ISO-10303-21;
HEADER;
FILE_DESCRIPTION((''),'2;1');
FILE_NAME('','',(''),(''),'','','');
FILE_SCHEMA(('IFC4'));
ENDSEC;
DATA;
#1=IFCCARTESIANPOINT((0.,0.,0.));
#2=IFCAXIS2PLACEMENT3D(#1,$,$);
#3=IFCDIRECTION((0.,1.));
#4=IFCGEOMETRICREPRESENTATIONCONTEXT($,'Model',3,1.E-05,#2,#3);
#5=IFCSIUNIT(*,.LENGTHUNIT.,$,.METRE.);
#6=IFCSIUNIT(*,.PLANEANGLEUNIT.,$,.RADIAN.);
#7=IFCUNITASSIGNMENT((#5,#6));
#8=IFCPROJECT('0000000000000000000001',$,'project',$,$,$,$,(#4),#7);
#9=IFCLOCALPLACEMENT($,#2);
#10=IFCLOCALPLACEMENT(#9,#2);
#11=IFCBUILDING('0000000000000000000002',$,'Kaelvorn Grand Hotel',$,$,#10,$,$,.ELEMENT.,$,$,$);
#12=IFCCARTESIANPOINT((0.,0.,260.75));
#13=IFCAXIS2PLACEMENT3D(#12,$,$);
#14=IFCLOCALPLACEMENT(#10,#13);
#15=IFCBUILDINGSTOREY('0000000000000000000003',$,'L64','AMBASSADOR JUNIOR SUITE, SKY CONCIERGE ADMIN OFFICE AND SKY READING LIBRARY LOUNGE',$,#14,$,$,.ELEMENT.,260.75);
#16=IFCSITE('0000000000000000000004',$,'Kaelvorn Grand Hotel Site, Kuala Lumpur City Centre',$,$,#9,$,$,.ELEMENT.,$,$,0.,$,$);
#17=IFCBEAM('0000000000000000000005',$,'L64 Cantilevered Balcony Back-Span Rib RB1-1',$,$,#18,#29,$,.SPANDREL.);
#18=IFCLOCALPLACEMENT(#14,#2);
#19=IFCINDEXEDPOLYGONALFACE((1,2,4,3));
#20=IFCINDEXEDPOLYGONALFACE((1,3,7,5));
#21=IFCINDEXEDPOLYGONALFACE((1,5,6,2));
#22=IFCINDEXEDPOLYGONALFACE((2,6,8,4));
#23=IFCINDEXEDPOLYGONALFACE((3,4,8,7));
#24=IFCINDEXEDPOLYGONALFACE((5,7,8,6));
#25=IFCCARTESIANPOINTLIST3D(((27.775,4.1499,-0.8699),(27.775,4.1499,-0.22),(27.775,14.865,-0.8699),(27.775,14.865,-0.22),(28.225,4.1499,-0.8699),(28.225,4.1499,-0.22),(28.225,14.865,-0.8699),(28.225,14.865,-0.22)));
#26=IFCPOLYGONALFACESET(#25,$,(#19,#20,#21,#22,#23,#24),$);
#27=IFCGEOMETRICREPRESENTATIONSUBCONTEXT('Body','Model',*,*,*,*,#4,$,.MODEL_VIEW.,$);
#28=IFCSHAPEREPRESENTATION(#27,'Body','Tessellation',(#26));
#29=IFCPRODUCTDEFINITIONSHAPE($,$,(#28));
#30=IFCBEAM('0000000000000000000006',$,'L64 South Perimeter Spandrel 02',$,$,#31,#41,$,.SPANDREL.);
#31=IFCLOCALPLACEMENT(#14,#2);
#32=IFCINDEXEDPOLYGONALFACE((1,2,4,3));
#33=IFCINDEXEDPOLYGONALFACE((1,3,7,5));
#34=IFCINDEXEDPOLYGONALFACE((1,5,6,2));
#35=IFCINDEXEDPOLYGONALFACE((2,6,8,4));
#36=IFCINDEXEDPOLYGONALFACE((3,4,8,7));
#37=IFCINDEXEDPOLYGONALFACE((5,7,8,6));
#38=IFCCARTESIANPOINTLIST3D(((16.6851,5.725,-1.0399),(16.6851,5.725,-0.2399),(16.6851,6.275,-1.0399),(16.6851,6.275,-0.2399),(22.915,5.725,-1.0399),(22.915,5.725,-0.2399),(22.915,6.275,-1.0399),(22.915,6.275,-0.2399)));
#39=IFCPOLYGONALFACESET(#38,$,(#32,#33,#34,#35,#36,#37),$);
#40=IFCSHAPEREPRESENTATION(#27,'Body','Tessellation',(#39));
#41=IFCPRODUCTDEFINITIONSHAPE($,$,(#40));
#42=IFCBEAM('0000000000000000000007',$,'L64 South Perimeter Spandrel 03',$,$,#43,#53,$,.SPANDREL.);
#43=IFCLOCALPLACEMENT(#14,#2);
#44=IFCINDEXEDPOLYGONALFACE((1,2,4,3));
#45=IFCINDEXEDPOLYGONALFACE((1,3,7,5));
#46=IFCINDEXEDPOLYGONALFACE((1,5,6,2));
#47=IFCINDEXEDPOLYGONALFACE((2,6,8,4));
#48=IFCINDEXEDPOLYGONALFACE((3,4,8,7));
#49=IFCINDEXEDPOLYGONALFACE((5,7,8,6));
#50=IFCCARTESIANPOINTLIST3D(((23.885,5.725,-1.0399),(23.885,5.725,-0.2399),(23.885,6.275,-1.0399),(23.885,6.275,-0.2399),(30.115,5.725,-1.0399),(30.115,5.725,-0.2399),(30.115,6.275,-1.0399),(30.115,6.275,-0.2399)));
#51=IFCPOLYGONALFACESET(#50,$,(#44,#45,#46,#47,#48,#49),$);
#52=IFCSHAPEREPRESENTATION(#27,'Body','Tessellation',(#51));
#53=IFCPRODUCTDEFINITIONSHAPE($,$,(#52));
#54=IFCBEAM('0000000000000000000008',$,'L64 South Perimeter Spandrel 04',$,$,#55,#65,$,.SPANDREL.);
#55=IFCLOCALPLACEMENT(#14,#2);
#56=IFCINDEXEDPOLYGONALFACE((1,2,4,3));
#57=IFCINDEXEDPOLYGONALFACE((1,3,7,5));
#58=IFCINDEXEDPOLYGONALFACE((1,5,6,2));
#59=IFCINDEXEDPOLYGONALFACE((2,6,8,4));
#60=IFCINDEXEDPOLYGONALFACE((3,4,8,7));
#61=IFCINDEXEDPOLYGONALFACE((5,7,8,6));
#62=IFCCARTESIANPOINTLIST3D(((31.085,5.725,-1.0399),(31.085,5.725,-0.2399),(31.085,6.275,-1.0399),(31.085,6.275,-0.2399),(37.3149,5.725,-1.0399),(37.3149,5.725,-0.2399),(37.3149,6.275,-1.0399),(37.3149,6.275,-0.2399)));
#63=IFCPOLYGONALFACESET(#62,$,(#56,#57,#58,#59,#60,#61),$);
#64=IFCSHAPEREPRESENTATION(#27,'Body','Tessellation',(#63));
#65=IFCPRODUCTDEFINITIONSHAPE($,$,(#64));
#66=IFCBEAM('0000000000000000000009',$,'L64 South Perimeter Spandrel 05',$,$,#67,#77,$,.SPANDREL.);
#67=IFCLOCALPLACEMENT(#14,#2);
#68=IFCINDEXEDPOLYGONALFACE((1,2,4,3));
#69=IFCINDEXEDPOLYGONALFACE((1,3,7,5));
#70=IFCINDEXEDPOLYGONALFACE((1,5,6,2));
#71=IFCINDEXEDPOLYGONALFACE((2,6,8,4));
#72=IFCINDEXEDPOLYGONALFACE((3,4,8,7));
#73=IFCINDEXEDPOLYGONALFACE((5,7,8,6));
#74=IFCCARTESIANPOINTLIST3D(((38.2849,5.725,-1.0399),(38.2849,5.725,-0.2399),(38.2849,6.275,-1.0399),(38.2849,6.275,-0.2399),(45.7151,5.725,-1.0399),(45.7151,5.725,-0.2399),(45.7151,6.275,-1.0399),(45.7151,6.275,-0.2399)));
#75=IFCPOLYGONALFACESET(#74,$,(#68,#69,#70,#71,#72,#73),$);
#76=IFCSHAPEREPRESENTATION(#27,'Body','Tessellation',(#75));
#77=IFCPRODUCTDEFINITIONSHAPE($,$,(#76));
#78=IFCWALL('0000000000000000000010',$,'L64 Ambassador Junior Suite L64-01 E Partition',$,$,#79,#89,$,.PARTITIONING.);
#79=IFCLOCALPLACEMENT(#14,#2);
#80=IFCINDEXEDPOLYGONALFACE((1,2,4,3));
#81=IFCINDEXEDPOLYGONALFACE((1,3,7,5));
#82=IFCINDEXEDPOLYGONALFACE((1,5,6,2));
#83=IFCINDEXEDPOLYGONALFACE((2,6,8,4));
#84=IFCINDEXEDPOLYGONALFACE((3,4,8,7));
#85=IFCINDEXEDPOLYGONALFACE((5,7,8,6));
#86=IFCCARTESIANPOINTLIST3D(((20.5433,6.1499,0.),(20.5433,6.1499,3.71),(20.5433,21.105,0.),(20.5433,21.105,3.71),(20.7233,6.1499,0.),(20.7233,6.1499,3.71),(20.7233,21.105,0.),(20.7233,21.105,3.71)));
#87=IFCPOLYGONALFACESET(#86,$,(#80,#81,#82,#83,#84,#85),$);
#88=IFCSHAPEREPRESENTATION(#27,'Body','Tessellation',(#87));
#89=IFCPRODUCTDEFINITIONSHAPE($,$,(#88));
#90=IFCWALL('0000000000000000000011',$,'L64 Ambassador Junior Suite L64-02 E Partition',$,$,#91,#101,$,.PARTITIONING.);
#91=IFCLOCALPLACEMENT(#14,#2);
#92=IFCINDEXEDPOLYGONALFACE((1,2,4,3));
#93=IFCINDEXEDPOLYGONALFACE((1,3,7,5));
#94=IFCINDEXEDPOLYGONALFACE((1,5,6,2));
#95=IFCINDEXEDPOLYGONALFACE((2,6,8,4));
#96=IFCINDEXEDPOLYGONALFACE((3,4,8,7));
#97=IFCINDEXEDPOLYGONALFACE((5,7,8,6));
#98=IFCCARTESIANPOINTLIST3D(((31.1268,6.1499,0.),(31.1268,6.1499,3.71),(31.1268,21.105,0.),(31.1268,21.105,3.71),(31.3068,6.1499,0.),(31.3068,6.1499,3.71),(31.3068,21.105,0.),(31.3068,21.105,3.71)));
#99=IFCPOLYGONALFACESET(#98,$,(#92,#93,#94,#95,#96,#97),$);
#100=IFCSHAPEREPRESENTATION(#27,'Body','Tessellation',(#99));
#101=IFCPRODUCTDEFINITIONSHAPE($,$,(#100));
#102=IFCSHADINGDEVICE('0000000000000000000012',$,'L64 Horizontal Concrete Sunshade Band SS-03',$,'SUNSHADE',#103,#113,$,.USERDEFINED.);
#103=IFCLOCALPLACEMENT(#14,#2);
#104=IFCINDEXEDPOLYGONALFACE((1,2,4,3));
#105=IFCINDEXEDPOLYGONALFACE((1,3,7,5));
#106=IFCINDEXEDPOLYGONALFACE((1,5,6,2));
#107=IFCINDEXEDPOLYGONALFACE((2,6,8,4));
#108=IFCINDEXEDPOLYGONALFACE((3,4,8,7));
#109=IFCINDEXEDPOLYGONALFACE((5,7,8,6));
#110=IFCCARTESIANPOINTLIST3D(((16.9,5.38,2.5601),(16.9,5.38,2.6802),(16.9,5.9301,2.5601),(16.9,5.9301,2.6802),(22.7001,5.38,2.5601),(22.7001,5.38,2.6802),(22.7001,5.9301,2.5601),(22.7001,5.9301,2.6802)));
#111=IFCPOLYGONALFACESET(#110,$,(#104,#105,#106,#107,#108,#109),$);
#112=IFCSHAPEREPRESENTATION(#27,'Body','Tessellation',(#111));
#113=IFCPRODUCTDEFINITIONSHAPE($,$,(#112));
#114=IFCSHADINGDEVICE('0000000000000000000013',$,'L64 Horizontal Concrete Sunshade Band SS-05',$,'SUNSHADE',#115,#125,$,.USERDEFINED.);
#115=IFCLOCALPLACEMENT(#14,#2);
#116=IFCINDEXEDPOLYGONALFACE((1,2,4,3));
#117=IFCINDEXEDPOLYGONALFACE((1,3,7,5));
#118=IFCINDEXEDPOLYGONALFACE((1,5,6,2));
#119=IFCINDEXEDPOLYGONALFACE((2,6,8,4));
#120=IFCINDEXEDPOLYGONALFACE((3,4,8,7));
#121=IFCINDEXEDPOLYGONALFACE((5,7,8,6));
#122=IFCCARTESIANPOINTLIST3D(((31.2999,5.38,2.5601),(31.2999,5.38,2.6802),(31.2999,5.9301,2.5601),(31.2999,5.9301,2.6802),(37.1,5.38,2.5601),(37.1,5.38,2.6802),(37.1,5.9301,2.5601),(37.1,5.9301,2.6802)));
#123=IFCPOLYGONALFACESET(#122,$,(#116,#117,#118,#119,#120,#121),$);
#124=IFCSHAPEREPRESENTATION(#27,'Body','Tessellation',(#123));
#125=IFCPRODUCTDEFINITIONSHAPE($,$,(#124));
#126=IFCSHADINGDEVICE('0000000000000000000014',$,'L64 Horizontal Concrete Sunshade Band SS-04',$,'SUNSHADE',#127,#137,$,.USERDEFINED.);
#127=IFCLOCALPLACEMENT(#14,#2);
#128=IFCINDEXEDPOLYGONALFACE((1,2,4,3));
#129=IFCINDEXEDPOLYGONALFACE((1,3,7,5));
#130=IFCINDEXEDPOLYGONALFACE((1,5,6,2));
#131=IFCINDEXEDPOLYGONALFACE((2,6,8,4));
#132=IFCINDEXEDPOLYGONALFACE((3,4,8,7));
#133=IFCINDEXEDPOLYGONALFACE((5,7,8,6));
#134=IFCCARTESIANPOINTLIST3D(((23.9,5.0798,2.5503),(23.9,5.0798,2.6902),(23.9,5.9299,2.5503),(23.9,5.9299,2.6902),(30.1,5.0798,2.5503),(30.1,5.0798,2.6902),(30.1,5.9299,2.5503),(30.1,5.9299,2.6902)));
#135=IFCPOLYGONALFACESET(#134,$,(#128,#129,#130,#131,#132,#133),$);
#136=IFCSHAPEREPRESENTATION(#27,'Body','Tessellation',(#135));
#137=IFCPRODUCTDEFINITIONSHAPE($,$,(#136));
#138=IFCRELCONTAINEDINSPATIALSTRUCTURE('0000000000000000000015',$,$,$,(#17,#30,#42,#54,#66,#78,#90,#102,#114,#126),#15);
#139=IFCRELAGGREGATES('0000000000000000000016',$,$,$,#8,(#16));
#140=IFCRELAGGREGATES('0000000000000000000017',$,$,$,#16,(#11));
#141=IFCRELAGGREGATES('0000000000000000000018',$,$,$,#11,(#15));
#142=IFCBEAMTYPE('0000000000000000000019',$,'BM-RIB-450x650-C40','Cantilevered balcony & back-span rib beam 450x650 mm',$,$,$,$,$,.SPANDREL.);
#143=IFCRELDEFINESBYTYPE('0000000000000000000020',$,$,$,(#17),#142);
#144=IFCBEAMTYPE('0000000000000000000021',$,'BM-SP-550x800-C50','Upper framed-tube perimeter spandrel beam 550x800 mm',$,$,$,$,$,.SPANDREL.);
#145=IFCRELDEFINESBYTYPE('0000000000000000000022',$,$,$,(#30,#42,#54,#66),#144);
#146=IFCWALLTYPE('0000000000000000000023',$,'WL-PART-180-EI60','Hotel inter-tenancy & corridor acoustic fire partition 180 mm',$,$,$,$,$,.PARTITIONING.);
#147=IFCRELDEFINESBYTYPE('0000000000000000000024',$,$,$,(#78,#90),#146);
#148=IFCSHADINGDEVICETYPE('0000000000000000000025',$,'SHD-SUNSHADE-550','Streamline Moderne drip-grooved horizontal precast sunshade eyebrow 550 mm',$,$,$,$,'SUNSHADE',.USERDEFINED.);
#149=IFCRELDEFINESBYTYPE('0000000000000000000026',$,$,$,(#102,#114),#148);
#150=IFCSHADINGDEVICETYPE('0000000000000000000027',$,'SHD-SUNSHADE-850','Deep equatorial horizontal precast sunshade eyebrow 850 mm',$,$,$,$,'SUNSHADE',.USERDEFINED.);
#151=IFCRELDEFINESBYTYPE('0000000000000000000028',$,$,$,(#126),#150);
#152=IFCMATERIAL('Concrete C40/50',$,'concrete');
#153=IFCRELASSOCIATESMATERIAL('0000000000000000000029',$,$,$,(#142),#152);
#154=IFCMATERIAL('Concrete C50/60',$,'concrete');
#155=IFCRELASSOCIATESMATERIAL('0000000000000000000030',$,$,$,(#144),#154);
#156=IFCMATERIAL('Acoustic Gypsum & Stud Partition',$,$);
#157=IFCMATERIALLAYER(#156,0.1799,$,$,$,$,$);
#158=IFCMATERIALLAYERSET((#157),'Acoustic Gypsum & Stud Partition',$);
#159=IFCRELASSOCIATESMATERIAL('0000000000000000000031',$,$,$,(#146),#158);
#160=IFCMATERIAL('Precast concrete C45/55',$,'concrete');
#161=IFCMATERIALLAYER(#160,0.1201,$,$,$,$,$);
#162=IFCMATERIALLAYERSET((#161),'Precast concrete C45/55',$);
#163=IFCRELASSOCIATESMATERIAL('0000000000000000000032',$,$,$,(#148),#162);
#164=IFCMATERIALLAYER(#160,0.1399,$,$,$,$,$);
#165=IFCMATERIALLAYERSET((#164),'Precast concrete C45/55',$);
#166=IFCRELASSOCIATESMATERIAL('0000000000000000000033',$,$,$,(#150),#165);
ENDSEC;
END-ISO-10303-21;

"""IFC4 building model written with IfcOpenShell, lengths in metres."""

from ifc_helpers import new_model, si_unit, direction, frame, frame_2d, origin, origin_2d, place, context, subcontext, project, spatial, rectangle, extrude, material, layer, layer_set, material_profile, profile_set, type_object, element, save


model = new_model("IFC4")

# Units and contexts
model_context = context("Model", 3, precision=1e-05, world=origin(), true_north=direction((0.0, 1.0)))
body_context = subcontext(model_context, "Body", "Model", "MODEL_VIEW")
ifc_project = project(units=[si_unit("LENGTHUNIT", "METRE"), si_unit("PLANEANGLEUNIT", "RADIAN")], contexts=[model_context])

# Site, building, storey
site_placement = place(None, origin())
site = spatial("IfcSite", under=ifc_project, at=site_placement, Name="Kaelvorn Grand Hotel Site, Kuala Lumpur City Centre", CompositionType="ELEMENT", RefElevation=0.0)
building_placement = place(site_placement, origin())
building = spatial("IfcBuilding", under=site, at=building_placement, Name="Kaelvorn Grand Hotel", CompositionType="ELEMENT")
storey_placement = place(building_placement, frame((0.0, 0.0, 260.75)))
storey = spatial("IfcBuildingStorey", under=building, at=storey_placement, Name="L64", Description="AMBASSADOR JUNIOR SUITE, SKY CONCIERGE ADMIN OFFICE AND SKY READING LIBRARY LOUNGE", CompositionType="ELEMENT", Elevation=260.75)

# Shared definitions
ifc_material_1 = material(Name="Concrete C50/60", Category="concrete")

# Beams
ifc_material_2 = material(Name="Concrete C40/50", Category="concrete")
ifc_material_profile_1 = material_profile(ifc_material_2, rectangle(XDim=0.45, YDim=0.6499, at=origin_2d()), Name="RC RIB 450x650")
ifc_profile_set_1 = profile_set([ifc_material_profile_1], Name="Concrete C40/50")
beam_type_1 = type_object("IfcBeamType", Name="BM-RIB-450x650-C40", Description="Cantilevered balcony & back-span rib beam 450x650 mm", PredefinedType="SPANDREL", material=ifc_profile_set_1)
beam_1_placement = place(storey_placement, frame((28.0, 4.1499, -0.5449), z_axis=(0.0, 1.0, 0.0), x_axis=(-1.0, 0.0, 0.0)))
element("IfcBeam", 1, at=beam_1_placement, inside=storey, type_object=beam_type_1, Name="L64 Cantilevered Balcony Back-Span Rib RB1-1", PredefinedType="SPANDREL", context=body_context, shape_type="SweptSolid", body=[
    extrude(rectangle(XDim=0.45, YDim=0.6499, at=origin_2d()), origin(), (0.0, 0.0, 1.0), 10.7151),
])
ifc_material_profile_2 = material_profile(ifc_material_1, rectangle(XDim=0.55, YDim=0.8, at=origin_2d()), Name="RC SPANDREL 550x800")
ifc_profile_set_2 = profile_set([ifc_material_profile_2], Name="Concrete C50/60")
beam_type_2 = type_object("IfcBeamType", Name="BM-SP-550x800-C50", Description="Upper framed-tube perimeter spandrel beam 550x800 mm", PredefinedType="SPANDREL", material=ifc_profile_set_2)
for number, where, z_axis, x_axis, name in (
    (2, (16.6851, 6.0, -0.6399), (1.0, 0.0, 0.0), (0.0, 1.0, 0.0), "L64 South Perimeter Spandrel 02"),
    (3, (23.885, 6.0, -0.6399), (1.0, 0.0, 0.0), (0.0, 1.0, 0.0), "L64 South Perimeter Spandrel 03"),
    (4, (31.085, 6.0, -0.6399), (1.0, 0.0, 0.0), (0.0, 1.0, 0.0), "L64 South Perimeter Spandrel 04"),
):
    element("IfcBeam", number, at=place(storey_placement, frame(where, z_axis=z_axis, x_axis=x_axis)), inside=storey, type_object=beam_type_2, Name=name, PredefinedType="SPANDREL", context=body_context, shape_type="SweptSolid", body=[
        extrude(rectangle(XDim=0.55, YDim=0.8, at=origin_2d()), origin(), (0.0, 0.0, 1.0), 6.23),
    ])
beam_2_placement = place(storey_placement, frame((38.2849, 6.0, -0.6399), z_axis=(1.0, 0.0, 0.0), x_axis=(0.0, 1.0, 0.0)))
element("IfcBeam", 5, at=beam_2_placement, inside=storey, type_object=beam_type_2, Name="L64 South Perimeter Spandrel 05", PredefinedType="SPANDREL", context=body_context, shape_type="SweptSolid", body=[
    extrude(rectangle(XDim=0.55, YDim=0.8, at=origin_2d()), origin(), (0.0, 0.0, 1.0), 7.4302),
])

# Walls
ifc_material_3 = material(Name="Acoustic Gypsum & Stud Partition")
ifc_layer_1 = layer(ifc_material_3, 0.1799)
ifc_layer_set_1 = layer_set([ifc_layer_1], Name="Acoustic Gypsum & Stud Partition")
wall_type = type_object("IfcWallType", Name="WL-PART-180-EI60", Description="Hotel inter-tenancy & corridor acoustic fire partition 180 mm", PredefinedType="PARTITIONING", material=ifc_layer_set_1)
for number, where, z_axis, x_axis, name in (
    (6, (20.6333, 6.1499, 0.0), (0.0, 0.0, 1.0), (0.0, 1.0, 0.0), "L64 Ambassador Junior Suite L64-01 E Partition"),
    (7, (31.2168, 6.1499, 0.0), (0.0, 0.0, 1.0), (0.0, 1.0, 0.0), "L64 Ambassador Junior Suite L64-02 E Partition"),
):
    element("IfcWall", number, at=place(storey_placement, frame(where, z_axis=z_axis, x_axis=x_axis)), inside=storey, type_object=wall_type, Name=name, PredefinedType="PARTITIONING", context=body_context, shape_type="SweptSolid", body=[
        extrude(rectangle(XDim=14.9551, YDim=0.1799, at=frame_2d((7.4775, 0.0))), origin(), (0.0, 0.0, 1.0), 3.71),
    ])

# Shading devices
ifc_material_4 = material(Name="Precast concrete C45/55", Category="concrete")
ifc_layer_2 = layer(ifc_material_4, 0.1201)
ifc_layer_set_2 = layer_set([ifc_layer_2], Name="Precast concrete C45/55")
shading_device_type_1 = type_object("IfcShadingDeviceType", Name="SHD-SUNSHADE-550", Description="Streamline Moderne drip-grooved horizontal precast sunshade eyebrow 550 mm", ElementType="SUNSHADE", PredefinedType="USERDEFINED", material=ifc_layer_set_2)
for number, where, z_axis, x_axis, name in (
    (8, (19.8, 5.655, 2.5601), (0.0, 0.0, 1.0), (1.0, 0.0, 0.0), "L64 Horizontal Concrete Sunshade Band SS-03"),
    (9, (34.2, 5.655, 2.5601), (0.0, 0.0, 1.0), (1.0, 0.0, 0.0), "L64 Horizontal Concrete Sunshade Band SS-05"),
):
    element("IfcShadingDevice", number, at=place(storey_placement, frame(where, z_axis=z_axis, x_axis=x_axis)), inside=storey, type_object=shading_device_type_1, Name=name, ObjectType="SUNSHADE", PredefinedType="USERDEFINED", context=body_context, shape_type="SweptSolid", body=[
        extrude(rectangle(XDim=5.8, YDim=0.55, at=origin_2d()), origin(), (0.0, 0.0, 1.0), 0.1201),
    ])
ifc_layer_3 = layer(ifc_material_4, 0.1399)
ifc_layer_set_3 = layer_set([ifc_layer_3], Name="Precast concrete C45/55")
shading_device_type_2 = type_object("IfcShadingDeviceType", Name="SHD-SUNSHADE-850", Description="Deep equatorial horizontal precast sunshade eyebrow 850 mm", ElementType="SUNSHADE", PredefinedType="USERDEFINED", material=ifc_layer_set_3)
shading_device_placement = place(storey_placement, frame((27.0, 5.5049, 2.5503), z_axis=(0.0, 0.0, 1.0), x_axis=(1.0, 0.0, 0.0)))
element("IfcShadingDevice", 10, at=shading_device_placement, inside=storey, type_object=shading_device_type_2, Name="L64 Horizontal Concrete Sunshade Band SS-04", ObjectType="SUNSHADE", PredefinedType="USERDEFINED", context=body_context, shape_type="SweptSolid", body=[
    extrude(rectangle(XDim=6.2, YDim=0.8501, at=origin_2d()), origin(), (0.0, 0.0, 1.0), 0.1399),
])

save(model, "model.ifc")
